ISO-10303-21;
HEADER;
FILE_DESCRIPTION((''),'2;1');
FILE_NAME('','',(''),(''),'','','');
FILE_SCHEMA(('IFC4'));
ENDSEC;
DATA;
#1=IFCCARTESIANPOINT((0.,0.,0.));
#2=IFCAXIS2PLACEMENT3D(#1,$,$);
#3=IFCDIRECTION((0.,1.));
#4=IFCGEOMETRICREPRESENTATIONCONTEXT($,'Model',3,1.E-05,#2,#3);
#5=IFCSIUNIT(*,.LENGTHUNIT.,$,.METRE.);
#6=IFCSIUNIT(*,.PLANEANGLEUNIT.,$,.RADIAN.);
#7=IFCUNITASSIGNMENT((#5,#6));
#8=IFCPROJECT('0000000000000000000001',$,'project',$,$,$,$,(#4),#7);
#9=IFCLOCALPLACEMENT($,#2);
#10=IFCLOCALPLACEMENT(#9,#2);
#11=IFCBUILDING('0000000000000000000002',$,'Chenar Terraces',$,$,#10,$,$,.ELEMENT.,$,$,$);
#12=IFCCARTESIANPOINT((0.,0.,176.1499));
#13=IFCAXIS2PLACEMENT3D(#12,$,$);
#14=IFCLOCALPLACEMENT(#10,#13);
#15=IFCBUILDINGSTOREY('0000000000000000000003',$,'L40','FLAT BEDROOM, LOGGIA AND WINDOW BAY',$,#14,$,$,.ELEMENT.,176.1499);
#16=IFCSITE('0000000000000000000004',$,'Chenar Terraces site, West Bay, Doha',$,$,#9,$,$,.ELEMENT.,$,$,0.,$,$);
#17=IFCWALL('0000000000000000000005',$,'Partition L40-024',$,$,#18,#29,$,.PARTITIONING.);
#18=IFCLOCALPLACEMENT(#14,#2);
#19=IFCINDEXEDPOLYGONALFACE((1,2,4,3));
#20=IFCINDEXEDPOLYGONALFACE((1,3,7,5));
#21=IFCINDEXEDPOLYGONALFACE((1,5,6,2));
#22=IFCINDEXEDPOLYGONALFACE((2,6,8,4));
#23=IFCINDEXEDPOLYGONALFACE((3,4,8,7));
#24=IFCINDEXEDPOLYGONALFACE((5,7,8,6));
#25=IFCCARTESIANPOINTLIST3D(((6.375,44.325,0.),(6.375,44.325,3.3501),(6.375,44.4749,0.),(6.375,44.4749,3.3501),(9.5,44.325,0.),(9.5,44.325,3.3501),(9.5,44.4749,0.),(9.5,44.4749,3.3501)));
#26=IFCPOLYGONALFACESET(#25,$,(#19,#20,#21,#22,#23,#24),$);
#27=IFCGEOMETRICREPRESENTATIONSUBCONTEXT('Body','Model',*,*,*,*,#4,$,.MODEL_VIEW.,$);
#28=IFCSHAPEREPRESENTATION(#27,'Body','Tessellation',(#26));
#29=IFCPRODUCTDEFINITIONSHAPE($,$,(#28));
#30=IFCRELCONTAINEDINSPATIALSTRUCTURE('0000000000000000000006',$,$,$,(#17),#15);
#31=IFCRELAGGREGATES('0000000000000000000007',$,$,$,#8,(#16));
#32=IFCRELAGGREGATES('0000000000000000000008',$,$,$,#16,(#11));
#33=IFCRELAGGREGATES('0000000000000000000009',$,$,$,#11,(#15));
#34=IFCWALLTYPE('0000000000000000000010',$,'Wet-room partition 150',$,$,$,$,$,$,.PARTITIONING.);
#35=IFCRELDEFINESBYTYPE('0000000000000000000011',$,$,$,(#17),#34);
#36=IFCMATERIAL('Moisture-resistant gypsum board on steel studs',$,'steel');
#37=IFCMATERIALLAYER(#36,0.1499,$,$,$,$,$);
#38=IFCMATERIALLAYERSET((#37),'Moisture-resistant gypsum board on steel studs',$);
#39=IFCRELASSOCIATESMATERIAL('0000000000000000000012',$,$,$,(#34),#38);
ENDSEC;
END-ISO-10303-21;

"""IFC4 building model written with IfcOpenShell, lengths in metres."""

from ifc_helpers import new_model, si_unit, direction, frame, frame_2d, origin, place, context, subcontext, project, spatial, rectangle, extrude, material, layer, layer_set, type_object, element, save


model = new_model("IFC4")

# Units and contexts
model_context = context("Model", 3, precision=1e-05, world=origin(), true_north=direction((0.0, 1.0)))
body_context = subcontext(model_context, "Body", "Model", "MODEL_VIEW")
ifc_project = project(units=[si_unit("LENGTHUNIT", "METRE"), si_unit("PLANEANGLEUNIT", "RADIAN")], contexts=[model_context])

# Site, building, storey
site_placement = place(None, origin())
site = spatial("IfcSite", under=ifc_project, at=site_placement, Name="Chenar Terraces site, West Bay, Doha", CompositionType="ELEMENT", RefElevation=0.0)
building_placement = place(site_placement, origin())
building = spatial("IfcBuilding", under=site, at=building_placement, Name="Chenar Terraces", CompositionType="ELEMENT")
storey_placement = place(building_placement, frame((0.0, 0.0, 176.1499)))
storey = spatial("IfcBuildingStorey", under=building, at=storey_placement, Name="L40", Description="FLAT BEDROOM, LOGGIA AND WINDOW BAY", CompositionType="ELEMENT", Elevation=176.1499)

# Wall
ifc_material_1 = material(Name="Moisture-resistant gypsum board on steel studs", Category="steel")
ifc_layer_1 = layer(ifc_material_1, 0.1499)
ifc_layer_set_1 = layer_set([ifc_layer_1], Name="Moisture-resistant gypsum board on steel studs")
wall_type_1 = type_object("IfcWallType", Name="Wet-room partition 150", PredefinedType="PARTITIONING", material=ifc_layer_set_1)
for number, where, z_axis, x_axis, name in (
    (1, (6.375, 44.3999, 0.0), (0.0, 0.0, 1.0), (1.0, 0.0, 0.0), "Partition L40-024"),
):
    element("IfcWall", number, at=place(storey_placement, frame(where, z_axis=z_axis, x_axis=x_axis)), inside=storey, type_object=wall_type_1, Name=name, PredefinedType="PARTITIONING", context=body_context, shape_type="SweptSolid", body=[
        extrude(rectangle(XDim=3.125, YDim=0.1499, at=frame_2d((1.5625, 0.0))), origin(), (0.0, 0.0, 1.0), 3.3501),
    ])

save(model, "model.ifc")
